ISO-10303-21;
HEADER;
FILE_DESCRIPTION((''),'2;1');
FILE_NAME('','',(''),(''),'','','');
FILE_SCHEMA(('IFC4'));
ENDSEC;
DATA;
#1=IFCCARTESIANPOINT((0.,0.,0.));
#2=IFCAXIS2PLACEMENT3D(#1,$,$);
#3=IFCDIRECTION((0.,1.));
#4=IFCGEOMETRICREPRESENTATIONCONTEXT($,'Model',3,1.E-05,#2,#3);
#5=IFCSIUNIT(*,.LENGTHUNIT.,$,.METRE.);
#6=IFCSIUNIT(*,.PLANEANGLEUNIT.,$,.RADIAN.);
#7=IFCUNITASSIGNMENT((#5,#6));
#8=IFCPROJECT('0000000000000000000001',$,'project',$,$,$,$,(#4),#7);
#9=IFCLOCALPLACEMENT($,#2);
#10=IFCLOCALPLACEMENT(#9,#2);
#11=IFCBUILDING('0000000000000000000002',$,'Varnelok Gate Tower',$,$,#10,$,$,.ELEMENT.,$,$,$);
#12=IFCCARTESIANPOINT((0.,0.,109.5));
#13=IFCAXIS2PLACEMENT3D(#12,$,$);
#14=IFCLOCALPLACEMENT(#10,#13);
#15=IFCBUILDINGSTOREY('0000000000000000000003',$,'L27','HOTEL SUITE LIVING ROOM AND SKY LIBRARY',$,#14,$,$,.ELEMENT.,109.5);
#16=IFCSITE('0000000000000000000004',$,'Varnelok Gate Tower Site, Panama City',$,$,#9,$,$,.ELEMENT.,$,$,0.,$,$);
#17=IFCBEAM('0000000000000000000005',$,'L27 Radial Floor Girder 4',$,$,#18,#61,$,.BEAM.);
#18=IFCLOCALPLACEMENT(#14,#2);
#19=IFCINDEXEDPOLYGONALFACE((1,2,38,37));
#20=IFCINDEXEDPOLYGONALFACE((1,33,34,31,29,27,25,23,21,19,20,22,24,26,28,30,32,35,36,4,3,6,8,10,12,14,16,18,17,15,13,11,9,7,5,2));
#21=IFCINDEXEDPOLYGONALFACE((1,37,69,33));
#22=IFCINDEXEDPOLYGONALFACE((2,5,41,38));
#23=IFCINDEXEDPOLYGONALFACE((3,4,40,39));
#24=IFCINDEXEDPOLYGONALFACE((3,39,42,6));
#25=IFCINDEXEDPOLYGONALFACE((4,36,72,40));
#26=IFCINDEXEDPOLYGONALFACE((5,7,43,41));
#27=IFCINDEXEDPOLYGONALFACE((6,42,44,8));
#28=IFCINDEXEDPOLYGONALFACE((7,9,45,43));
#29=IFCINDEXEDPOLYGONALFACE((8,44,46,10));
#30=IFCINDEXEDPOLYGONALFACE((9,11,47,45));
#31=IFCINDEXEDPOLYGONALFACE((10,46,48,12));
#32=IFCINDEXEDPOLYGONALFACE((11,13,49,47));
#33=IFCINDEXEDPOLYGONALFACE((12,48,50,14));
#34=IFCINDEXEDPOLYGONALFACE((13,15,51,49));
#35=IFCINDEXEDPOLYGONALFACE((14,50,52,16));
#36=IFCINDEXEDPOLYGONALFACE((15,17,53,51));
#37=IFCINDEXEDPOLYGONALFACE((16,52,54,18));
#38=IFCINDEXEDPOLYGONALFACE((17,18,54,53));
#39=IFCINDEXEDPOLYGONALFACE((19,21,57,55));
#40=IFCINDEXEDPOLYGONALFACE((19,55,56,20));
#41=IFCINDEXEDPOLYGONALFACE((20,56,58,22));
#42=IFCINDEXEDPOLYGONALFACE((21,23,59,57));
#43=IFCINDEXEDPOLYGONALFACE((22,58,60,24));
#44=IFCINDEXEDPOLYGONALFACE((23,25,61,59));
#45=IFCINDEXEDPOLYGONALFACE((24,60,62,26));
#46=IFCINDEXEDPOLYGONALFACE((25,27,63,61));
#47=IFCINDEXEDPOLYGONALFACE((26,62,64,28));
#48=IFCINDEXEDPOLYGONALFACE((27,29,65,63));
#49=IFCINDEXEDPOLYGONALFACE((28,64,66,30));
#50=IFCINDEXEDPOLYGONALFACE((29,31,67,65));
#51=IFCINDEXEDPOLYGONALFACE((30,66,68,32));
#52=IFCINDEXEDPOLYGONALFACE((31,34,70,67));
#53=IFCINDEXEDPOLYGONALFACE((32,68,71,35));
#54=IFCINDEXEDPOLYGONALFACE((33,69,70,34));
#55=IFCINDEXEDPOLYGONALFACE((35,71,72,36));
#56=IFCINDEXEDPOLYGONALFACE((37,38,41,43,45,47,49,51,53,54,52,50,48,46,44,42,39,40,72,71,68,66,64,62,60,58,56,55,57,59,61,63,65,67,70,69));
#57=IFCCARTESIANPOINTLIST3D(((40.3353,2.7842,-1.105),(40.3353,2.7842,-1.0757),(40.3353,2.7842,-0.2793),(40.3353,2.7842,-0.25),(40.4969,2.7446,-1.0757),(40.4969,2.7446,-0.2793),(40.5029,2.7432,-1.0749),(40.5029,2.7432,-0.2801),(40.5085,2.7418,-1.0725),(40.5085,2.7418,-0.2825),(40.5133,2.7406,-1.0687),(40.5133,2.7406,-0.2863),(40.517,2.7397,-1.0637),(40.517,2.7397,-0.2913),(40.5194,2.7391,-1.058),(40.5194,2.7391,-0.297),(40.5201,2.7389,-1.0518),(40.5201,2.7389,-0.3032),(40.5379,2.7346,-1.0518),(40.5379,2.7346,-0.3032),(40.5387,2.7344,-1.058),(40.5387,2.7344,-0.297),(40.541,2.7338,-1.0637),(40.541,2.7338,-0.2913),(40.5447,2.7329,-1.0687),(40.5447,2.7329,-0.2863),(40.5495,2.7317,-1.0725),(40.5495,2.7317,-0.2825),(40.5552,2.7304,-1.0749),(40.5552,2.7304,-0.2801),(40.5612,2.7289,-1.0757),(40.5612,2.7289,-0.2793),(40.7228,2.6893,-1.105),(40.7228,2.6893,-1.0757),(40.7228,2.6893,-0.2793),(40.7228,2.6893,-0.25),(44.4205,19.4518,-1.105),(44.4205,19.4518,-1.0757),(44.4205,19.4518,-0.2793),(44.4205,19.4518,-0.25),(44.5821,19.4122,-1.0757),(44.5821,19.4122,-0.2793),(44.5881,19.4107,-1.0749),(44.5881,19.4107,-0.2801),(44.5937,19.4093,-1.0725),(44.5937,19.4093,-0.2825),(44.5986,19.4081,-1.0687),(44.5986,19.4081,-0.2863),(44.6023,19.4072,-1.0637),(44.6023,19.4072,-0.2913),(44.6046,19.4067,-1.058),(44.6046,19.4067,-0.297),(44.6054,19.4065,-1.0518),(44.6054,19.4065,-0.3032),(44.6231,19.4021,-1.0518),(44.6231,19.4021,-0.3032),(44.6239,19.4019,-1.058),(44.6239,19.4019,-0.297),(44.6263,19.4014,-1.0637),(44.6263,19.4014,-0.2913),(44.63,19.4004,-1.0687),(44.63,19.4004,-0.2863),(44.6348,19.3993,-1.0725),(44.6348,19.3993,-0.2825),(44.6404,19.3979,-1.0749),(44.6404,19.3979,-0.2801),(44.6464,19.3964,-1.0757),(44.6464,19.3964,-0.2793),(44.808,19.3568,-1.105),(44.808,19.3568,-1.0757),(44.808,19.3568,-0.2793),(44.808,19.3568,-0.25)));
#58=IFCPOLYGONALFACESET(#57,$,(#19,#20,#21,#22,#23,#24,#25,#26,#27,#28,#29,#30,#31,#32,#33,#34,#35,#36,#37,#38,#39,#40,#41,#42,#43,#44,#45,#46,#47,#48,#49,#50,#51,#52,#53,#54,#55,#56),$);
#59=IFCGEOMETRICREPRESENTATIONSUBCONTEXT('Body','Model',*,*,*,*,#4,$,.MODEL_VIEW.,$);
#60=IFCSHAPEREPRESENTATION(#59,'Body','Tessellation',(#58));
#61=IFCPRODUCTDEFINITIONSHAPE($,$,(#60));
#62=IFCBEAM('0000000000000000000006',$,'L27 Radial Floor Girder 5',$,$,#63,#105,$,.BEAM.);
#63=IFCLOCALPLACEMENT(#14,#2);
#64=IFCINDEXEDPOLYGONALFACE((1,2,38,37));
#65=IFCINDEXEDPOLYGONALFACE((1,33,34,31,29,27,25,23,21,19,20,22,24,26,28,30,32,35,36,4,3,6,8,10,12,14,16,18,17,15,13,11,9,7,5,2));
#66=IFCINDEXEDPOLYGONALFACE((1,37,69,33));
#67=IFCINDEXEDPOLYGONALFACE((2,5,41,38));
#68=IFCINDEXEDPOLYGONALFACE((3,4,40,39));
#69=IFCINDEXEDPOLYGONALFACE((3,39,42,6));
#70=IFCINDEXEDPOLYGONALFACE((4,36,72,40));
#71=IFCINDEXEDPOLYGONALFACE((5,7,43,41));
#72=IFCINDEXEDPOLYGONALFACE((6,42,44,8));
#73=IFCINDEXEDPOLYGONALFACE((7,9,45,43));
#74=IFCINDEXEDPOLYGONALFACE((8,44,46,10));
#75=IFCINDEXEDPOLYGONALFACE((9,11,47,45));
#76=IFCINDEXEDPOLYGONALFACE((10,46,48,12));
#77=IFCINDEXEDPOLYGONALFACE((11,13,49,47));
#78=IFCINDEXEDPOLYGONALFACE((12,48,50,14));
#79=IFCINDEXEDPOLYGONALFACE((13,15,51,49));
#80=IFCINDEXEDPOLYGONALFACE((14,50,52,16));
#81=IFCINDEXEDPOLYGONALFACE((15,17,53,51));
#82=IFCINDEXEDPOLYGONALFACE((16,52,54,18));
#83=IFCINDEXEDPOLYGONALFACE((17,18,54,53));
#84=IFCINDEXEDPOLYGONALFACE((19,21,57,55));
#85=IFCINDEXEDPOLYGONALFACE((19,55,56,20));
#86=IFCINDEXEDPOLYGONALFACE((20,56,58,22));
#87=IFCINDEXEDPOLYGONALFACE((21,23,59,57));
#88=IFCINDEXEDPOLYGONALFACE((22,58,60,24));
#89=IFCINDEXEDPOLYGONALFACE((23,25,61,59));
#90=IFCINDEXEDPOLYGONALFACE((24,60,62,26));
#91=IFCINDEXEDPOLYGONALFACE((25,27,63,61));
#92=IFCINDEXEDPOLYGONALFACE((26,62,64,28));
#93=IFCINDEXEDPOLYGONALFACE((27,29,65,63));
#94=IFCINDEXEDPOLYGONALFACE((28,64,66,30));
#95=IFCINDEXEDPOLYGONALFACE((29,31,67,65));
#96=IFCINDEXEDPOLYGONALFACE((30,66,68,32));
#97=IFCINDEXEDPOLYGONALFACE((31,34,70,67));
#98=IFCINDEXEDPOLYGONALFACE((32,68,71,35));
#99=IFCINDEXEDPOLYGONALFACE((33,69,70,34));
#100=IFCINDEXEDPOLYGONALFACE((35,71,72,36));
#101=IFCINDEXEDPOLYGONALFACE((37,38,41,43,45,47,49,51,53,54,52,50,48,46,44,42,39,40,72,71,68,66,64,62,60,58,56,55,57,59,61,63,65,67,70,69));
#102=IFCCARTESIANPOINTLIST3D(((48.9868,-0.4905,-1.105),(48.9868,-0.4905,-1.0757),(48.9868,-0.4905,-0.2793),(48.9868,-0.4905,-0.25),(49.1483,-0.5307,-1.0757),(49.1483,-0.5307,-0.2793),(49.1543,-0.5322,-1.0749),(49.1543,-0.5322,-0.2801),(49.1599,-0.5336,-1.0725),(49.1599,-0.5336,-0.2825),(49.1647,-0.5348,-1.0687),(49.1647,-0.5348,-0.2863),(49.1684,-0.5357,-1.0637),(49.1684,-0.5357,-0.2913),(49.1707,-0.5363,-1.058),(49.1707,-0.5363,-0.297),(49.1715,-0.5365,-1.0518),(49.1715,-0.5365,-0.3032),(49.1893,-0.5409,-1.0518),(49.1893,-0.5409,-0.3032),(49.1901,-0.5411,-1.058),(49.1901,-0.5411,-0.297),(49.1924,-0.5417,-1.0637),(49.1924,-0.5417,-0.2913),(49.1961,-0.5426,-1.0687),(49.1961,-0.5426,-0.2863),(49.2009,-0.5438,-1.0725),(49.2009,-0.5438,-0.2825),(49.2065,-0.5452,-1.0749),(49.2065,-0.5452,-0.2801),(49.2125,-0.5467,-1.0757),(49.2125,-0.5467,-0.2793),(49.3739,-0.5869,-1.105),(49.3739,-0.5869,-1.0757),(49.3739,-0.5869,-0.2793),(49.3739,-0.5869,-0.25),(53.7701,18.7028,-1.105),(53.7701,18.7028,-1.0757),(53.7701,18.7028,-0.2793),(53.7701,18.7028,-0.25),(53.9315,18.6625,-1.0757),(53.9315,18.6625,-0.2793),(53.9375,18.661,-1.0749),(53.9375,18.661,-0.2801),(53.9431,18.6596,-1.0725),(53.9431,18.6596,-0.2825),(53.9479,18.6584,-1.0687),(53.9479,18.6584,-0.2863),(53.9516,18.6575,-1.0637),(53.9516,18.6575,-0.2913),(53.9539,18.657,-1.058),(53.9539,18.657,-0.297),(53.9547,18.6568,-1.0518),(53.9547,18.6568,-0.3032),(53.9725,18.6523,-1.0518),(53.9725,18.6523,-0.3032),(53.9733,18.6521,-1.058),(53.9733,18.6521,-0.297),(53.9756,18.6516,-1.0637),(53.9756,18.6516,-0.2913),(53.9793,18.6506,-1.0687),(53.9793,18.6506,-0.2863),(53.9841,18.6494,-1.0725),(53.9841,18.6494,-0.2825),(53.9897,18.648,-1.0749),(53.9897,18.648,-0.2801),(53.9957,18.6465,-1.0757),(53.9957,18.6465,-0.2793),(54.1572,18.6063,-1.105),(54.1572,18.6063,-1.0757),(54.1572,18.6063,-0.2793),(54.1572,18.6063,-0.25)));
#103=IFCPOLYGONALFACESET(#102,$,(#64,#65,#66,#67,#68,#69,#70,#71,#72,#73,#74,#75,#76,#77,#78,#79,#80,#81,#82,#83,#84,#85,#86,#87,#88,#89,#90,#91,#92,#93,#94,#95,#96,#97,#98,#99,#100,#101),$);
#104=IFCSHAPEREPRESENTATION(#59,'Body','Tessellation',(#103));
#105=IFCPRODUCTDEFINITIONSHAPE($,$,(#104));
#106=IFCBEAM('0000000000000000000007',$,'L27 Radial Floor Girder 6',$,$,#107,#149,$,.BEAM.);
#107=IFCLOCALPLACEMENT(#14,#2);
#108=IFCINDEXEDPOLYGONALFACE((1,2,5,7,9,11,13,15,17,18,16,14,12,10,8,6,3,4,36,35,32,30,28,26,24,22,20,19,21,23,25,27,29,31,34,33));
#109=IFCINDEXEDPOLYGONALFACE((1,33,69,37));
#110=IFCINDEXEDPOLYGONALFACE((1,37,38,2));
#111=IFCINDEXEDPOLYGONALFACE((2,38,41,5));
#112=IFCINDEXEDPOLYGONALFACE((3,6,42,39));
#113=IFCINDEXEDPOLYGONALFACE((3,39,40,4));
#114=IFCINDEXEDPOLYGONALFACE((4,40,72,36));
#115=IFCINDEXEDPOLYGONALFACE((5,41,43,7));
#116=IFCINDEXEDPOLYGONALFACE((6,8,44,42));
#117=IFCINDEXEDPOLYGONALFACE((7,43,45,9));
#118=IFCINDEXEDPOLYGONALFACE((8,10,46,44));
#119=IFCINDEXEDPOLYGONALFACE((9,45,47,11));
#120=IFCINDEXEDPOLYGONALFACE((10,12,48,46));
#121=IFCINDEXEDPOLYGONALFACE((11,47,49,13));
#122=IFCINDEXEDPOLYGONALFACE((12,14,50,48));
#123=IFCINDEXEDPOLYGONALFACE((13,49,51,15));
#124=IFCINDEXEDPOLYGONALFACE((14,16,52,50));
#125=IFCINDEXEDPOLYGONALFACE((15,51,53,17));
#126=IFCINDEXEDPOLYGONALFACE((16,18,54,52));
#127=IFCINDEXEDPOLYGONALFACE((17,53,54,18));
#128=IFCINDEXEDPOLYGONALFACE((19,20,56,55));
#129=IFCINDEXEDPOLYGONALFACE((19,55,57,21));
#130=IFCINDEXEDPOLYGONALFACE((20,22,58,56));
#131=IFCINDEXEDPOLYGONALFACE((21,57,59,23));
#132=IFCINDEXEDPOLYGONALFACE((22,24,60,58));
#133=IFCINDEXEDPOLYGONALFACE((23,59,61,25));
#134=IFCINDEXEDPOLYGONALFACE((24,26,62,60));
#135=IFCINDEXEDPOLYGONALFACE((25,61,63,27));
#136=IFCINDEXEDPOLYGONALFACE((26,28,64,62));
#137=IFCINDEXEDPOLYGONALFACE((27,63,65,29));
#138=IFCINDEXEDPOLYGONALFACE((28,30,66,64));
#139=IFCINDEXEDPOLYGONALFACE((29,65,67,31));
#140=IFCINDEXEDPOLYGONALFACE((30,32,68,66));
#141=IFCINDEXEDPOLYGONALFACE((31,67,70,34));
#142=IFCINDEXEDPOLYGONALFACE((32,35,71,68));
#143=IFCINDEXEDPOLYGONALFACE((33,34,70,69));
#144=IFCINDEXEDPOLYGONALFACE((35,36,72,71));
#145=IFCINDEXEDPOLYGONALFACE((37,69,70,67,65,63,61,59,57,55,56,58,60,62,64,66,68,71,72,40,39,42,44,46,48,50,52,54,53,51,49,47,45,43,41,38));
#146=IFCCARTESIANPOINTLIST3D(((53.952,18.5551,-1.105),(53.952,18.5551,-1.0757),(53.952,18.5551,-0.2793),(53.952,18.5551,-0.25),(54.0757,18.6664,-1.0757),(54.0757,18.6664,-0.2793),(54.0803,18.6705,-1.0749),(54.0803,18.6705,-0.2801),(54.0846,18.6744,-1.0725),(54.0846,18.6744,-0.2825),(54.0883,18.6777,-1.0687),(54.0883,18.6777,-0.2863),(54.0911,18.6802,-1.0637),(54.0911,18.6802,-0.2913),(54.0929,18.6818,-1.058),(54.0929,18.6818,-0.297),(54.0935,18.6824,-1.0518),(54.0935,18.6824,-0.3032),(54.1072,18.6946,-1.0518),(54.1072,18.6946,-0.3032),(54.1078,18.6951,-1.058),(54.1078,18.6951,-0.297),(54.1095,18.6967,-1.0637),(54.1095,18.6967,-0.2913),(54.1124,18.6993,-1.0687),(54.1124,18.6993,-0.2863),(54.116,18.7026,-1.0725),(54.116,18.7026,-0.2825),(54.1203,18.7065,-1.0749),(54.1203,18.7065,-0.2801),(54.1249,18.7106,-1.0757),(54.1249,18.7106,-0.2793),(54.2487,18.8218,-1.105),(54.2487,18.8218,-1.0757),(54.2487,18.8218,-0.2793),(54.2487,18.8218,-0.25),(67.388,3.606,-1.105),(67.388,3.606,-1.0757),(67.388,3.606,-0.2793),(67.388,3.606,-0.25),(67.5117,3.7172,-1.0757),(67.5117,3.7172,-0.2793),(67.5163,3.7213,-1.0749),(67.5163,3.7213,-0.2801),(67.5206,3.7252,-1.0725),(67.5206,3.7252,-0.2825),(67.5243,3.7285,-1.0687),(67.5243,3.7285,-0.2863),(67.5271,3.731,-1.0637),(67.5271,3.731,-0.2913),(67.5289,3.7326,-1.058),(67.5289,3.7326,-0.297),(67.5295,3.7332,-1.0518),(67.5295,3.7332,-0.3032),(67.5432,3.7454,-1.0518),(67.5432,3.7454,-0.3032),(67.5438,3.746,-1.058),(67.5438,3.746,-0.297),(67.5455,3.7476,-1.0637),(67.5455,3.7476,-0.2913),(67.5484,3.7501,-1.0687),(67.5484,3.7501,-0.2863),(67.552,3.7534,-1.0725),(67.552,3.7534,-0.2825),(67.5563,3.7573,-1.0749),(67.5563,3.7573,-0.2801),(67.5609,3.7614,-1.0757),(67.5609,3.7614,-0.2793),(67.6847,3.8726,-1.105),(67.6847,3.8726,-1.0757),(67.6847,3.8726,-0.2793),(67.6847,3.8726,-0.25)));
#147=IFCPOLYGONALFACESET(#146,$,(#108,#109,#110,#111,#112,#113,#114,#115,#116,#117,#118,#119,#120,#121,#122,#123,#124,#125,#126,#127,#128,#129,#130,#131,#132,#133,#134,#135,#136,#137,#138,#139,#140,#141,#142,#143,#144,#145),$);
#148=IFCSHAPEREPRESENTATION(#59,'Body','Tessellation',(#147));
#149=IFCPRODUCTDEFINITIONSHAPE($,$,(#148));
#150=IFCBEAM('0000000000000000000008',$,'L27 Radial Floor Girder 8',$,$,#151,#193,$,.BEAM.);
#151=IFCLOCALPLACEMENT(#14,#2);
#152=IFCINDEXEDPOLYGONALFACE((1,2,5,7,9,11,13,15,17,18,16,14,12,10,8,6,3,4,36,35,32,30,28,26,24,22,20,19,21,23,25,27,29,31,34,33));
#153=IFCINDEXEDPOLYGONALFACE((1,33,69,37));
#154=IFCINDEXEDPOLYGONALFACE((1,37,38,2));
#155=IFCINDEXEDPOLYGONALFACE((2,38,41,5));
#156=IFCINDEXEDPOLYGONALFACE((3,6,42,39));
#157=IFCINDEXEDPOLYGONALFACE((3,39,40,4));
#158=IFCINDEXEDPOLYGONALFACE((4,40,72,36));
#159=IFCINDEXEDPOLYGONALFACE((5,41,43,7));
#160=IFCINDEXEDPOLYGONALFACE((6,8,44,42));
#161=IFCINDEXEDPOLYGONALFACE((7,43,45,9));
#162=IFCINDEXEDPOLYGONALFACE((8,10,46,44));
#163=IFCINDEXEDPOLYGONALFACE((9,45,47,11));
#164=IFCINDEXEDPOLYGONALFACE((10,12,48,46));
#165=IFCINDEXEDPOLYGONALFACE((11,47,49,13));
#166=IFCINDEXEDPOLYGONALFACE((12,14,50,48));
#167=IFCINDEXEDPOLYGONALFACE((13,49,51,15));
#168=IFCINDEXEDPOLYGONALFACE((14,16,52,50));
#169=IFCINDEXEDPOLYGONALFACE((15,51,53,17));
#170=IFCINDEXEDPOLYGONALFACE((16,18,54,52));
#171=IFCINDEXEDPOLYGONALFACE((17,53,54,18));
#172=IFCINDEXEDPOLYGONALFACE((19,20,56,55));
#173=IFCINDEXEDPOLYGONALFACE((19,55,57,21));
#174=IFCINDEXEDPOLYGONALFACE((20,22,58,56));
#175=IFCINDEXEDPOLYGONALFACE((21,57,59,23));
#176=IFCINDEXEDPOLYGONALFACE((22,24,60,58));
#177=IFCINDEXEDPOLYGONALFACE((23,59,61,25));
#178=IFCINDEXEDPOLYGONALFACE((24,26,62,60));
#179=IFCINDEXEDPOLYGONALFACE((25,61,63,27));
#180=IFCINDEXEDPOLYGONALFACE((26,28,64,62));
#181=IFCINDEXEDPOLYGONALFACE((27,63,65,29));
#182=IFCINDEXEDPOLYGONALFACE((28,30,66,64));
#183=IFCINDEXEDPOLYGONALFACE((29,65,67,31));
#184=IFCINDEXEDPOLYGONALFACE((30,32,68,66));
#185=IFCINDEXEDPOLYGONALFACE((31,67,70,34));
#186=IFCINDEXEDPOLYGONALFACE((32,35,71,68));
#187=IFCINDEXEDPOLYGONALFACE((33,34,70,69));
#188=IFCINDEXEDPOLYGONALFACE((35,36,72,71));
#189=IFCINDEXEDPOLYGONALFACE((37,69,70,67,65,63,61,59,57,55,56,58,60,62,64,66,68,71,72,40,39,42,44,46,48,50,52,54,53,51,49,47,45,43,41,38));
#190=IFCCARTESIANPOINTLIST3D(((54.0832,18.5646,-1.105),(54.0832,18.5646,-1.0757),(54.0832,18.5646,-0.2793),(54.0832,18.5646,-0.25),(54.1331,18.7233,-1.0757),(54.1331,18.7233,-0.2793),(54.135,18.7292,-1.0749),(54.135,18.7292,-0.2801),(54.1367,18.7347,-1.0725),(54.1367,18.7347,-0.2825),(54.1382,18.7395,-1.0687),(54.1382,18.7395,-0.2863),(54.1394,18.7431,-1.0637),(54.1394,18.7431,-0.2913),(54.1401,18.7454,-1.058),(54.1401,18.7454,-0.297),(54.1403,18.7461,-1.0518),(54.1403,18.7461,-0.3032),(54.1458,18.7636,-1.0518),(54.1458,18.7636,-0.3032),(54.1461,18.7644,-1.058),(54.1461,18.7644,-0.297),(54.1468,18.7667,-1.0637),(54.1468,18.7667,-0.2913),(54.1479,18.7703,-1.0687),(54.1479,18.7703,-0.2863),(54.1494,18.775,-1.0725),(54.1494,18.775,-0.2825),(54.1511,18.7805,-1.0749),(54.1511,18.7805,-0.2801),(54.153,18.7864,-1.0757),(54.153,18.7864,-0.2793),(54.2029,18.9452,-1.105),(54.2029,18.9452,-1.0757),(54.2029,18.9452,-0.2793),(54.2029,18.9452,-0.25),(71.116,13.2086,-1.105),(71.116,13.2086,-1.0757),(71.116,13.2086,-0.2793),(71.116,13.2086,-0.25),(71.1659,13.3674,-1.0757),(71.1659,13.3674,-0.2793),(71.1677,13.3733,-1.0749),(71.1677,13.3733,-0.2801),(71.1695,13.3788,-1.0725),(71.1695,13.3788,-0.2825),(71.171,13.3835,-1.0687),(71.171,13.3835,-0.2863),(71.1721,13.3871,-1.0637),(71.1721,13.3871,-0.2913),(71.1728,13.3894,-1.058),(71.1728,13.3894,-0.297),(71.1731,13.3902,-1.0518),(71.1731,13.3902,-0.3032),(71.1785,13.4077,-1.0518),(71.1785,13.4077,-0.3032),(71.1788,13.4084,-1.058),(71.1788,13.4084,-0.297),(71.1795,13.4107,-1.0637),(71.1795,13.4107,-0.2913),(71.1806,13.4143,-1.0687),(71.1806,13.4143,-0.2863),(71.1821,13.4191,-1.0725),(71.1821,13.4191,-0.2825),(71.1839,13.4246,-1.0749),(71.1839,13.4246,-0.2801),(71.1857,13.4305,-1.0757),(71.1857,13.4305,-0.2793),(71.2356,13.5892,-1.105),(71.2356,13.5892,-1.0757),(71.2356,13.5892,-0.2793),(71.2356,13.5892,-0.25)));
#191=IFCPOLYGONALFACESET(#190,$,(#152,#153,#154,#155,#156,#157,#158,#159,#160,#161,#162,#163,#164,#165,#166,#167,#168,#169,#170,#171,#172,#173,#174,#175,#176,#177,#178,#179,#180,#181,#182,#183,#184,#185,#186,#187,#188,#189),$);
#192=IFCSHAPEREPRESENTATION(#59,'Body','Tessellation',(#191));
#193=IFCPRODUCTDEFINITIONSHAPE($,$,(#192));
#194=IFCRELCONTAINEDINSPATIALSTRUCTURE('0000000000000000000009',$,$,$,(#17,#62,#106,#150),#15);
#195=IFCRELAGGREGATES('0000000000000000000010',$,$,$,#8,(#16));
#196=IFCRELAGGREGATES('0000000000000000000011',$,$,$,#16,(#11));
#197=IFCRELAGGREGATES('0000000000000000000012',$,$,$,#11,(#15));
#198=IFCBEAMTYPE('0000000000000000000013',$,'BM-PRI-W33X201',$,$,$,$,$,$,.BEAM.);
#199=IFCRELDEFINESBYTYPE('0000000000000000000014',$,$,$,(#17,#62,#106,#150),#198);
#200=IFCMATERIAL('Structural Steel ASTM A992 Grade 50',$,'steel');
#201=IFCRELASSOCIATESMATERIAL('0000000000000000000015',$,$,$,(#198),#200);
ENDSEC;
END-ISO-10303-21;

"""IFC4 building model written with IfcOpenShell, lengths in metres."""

from ifc_helpers import new_model, si_unit, direction, frame, origin, origin_2d, place, context, subcontext, project, spatial, i_section, extrude, material, material_profile, profile_set, type_object, element, save


model = new_model("IFC4")

# Units and contexts
model_context = context("Model", 3, precision=1e-05, world=origin(), true_north=direction((0.0, 1.0)))
body_context = subcontext(model_context, "Body", "Model", "MODEL_VIEW")
ifc_project = project(units=[si_unit("LENGTHUNIT", "METRE"), si_unit("PLANEANGLEUNIT", "RADIAN")], contexts=[model_context])

# Site, building, storey
site_placement = place(None, origin())
site = spatial("IfcSite", under=ifc_project, at=site_placement, Name="Varnelok Gate Tower Site, Panama City", CompositionType="ELEMENT", RefElevation=0.0)
building_placement = place(site_placement, origin())
building = spatial("IfcBuilding", under=site, at=building_placement, Name="Varnelok Gate Tower", CompositionType="ELEMENT")
storey_placement = place(building_placement, frame((0.0, 0.0, 109.5)))
storey = spatial("IfcBuildingStorey", under=building, at=storey_placement, Name="L27", Description="HOTEL SUITE LIVING ROOM AND SKY LIBRARY", CompositionType="ELEMENT", Elevation=109.5)

# Shared definitions
ifc_material_1 = material(Name="Structural Steel ASTM A992 Grade 50", Category="steel")

# Beams
ifc_material_profile_1 = material_profile(ifc_material_1, i_section(OverallWidth=0.3989, OverallDepth=0.855, WebThickness=0.0183, FlangeThickness=0.0293, FilletRadius=0.0239, at=origin_2d()), Name="W33X201")
ifc_profile_set_1 = profile_set([ifc_material_profile_1], Name="Structural Steel ASTM A992 Grade 50")
beam_type_1 = type_object("IfcBeamType", Name="BM-PRI-W33X201", PredefinedType="BEAM", material=ifc_profile_set_1)
beam_1_placement = place(storey_placement, frame((44.6143, 19.4043, -0.6775), z_axis=(-0.238054, -0.971252, 0.0), x_axis=(0.971252, -0.238054, 0.0)))
element("IfcBeam", 1, at=beam_1_placement, inside=storey, type_object=beam_type_1, Name="L27 Radial Floor Girder 4", PredefinedType="BEAM", context=body_context, shape_type="SweptSolid", body=[
    extrude(i_section(OverallWidth=0.3989, OverallDepth=0.855, WebThickness=0.0183, FlangeThickness=0.0293, FilletRadius=0.0239, at=origin_2d()), origin(), (0.0, 0.0, 1.0), 17.1609),
])
beam_2_placement = place(storey_placement, frame((53.9636, 18.6545, -0.6775), z_axis=(-0.241818, -0.970322, 0.0), x_axis=(0.970322, -0.241818, 0.0)))
element("IfcBeam", 2, at=beam_2_placement, inside=storey, type_object=beam_type_1, Name="L27 Radial Floor Girder 5", PredefinedType="BEAM", context=body_context, shape_type="SweptSolid", body=[
    extrude(i_section(OverallWidth=0.3989, OverallDepth=0.855, WebThickness=0.0183, FlangeThickness=0.0293, FilletRadius=0.0239, at=origin_2d()), origin(), (0.0, 0.0, 1.0), 19.7803),
])
beam_3_placement = place(storey_placement, frame((54.1003, 18.6885, -0.6775), z_axis=(0.668463, -0.743746, 0.0), x_axis=(0.743746, 0.668463, 0.0)))
element("IfcBeam", 3, at=beam_3_placement, inside=storey, type_object=beam_type_1, Name="L27 Radial Floor Girder 6", PredefinedType="BEAM", context=body_context, shape_type="SweptSolid", body=[
    extrude(i_section(OverallWidth=0.3989, OverallDepth=0.855, WebThickness=0.0183, FlangeThickness=0.0293, FilletRadius=0.0239, at=origin_2d()), origin(), (0.0, 0.0, 1.0), 20.0999),
])
beam_4_placement = place(storey_placement, frame((54.1431, 18.7549, -0.6775), z_axis=(0.953949, -0.29997, 0.0), x_axis=(0.29997, 0.953949, 0.0)))
element("IfcBeam", 4, at=beam_4_placement, inside=storey, type_object=beam_type_1, Name="L27 Radial Floor Girder 8", PredefinedType="BEAM", context=body_context, shape_type="SweptSolid", body=[
    extrude(i_section(OverallWidth=0.3989, OverallDepth=0.855, WebThickness=0.0183, FlangeThickness=0.0293, FilletRadius=0.0239, at=origin_2d()), origin(), (0.0, 0.0, 1.0), 17.855),
])

save(model, "model.ifc")
